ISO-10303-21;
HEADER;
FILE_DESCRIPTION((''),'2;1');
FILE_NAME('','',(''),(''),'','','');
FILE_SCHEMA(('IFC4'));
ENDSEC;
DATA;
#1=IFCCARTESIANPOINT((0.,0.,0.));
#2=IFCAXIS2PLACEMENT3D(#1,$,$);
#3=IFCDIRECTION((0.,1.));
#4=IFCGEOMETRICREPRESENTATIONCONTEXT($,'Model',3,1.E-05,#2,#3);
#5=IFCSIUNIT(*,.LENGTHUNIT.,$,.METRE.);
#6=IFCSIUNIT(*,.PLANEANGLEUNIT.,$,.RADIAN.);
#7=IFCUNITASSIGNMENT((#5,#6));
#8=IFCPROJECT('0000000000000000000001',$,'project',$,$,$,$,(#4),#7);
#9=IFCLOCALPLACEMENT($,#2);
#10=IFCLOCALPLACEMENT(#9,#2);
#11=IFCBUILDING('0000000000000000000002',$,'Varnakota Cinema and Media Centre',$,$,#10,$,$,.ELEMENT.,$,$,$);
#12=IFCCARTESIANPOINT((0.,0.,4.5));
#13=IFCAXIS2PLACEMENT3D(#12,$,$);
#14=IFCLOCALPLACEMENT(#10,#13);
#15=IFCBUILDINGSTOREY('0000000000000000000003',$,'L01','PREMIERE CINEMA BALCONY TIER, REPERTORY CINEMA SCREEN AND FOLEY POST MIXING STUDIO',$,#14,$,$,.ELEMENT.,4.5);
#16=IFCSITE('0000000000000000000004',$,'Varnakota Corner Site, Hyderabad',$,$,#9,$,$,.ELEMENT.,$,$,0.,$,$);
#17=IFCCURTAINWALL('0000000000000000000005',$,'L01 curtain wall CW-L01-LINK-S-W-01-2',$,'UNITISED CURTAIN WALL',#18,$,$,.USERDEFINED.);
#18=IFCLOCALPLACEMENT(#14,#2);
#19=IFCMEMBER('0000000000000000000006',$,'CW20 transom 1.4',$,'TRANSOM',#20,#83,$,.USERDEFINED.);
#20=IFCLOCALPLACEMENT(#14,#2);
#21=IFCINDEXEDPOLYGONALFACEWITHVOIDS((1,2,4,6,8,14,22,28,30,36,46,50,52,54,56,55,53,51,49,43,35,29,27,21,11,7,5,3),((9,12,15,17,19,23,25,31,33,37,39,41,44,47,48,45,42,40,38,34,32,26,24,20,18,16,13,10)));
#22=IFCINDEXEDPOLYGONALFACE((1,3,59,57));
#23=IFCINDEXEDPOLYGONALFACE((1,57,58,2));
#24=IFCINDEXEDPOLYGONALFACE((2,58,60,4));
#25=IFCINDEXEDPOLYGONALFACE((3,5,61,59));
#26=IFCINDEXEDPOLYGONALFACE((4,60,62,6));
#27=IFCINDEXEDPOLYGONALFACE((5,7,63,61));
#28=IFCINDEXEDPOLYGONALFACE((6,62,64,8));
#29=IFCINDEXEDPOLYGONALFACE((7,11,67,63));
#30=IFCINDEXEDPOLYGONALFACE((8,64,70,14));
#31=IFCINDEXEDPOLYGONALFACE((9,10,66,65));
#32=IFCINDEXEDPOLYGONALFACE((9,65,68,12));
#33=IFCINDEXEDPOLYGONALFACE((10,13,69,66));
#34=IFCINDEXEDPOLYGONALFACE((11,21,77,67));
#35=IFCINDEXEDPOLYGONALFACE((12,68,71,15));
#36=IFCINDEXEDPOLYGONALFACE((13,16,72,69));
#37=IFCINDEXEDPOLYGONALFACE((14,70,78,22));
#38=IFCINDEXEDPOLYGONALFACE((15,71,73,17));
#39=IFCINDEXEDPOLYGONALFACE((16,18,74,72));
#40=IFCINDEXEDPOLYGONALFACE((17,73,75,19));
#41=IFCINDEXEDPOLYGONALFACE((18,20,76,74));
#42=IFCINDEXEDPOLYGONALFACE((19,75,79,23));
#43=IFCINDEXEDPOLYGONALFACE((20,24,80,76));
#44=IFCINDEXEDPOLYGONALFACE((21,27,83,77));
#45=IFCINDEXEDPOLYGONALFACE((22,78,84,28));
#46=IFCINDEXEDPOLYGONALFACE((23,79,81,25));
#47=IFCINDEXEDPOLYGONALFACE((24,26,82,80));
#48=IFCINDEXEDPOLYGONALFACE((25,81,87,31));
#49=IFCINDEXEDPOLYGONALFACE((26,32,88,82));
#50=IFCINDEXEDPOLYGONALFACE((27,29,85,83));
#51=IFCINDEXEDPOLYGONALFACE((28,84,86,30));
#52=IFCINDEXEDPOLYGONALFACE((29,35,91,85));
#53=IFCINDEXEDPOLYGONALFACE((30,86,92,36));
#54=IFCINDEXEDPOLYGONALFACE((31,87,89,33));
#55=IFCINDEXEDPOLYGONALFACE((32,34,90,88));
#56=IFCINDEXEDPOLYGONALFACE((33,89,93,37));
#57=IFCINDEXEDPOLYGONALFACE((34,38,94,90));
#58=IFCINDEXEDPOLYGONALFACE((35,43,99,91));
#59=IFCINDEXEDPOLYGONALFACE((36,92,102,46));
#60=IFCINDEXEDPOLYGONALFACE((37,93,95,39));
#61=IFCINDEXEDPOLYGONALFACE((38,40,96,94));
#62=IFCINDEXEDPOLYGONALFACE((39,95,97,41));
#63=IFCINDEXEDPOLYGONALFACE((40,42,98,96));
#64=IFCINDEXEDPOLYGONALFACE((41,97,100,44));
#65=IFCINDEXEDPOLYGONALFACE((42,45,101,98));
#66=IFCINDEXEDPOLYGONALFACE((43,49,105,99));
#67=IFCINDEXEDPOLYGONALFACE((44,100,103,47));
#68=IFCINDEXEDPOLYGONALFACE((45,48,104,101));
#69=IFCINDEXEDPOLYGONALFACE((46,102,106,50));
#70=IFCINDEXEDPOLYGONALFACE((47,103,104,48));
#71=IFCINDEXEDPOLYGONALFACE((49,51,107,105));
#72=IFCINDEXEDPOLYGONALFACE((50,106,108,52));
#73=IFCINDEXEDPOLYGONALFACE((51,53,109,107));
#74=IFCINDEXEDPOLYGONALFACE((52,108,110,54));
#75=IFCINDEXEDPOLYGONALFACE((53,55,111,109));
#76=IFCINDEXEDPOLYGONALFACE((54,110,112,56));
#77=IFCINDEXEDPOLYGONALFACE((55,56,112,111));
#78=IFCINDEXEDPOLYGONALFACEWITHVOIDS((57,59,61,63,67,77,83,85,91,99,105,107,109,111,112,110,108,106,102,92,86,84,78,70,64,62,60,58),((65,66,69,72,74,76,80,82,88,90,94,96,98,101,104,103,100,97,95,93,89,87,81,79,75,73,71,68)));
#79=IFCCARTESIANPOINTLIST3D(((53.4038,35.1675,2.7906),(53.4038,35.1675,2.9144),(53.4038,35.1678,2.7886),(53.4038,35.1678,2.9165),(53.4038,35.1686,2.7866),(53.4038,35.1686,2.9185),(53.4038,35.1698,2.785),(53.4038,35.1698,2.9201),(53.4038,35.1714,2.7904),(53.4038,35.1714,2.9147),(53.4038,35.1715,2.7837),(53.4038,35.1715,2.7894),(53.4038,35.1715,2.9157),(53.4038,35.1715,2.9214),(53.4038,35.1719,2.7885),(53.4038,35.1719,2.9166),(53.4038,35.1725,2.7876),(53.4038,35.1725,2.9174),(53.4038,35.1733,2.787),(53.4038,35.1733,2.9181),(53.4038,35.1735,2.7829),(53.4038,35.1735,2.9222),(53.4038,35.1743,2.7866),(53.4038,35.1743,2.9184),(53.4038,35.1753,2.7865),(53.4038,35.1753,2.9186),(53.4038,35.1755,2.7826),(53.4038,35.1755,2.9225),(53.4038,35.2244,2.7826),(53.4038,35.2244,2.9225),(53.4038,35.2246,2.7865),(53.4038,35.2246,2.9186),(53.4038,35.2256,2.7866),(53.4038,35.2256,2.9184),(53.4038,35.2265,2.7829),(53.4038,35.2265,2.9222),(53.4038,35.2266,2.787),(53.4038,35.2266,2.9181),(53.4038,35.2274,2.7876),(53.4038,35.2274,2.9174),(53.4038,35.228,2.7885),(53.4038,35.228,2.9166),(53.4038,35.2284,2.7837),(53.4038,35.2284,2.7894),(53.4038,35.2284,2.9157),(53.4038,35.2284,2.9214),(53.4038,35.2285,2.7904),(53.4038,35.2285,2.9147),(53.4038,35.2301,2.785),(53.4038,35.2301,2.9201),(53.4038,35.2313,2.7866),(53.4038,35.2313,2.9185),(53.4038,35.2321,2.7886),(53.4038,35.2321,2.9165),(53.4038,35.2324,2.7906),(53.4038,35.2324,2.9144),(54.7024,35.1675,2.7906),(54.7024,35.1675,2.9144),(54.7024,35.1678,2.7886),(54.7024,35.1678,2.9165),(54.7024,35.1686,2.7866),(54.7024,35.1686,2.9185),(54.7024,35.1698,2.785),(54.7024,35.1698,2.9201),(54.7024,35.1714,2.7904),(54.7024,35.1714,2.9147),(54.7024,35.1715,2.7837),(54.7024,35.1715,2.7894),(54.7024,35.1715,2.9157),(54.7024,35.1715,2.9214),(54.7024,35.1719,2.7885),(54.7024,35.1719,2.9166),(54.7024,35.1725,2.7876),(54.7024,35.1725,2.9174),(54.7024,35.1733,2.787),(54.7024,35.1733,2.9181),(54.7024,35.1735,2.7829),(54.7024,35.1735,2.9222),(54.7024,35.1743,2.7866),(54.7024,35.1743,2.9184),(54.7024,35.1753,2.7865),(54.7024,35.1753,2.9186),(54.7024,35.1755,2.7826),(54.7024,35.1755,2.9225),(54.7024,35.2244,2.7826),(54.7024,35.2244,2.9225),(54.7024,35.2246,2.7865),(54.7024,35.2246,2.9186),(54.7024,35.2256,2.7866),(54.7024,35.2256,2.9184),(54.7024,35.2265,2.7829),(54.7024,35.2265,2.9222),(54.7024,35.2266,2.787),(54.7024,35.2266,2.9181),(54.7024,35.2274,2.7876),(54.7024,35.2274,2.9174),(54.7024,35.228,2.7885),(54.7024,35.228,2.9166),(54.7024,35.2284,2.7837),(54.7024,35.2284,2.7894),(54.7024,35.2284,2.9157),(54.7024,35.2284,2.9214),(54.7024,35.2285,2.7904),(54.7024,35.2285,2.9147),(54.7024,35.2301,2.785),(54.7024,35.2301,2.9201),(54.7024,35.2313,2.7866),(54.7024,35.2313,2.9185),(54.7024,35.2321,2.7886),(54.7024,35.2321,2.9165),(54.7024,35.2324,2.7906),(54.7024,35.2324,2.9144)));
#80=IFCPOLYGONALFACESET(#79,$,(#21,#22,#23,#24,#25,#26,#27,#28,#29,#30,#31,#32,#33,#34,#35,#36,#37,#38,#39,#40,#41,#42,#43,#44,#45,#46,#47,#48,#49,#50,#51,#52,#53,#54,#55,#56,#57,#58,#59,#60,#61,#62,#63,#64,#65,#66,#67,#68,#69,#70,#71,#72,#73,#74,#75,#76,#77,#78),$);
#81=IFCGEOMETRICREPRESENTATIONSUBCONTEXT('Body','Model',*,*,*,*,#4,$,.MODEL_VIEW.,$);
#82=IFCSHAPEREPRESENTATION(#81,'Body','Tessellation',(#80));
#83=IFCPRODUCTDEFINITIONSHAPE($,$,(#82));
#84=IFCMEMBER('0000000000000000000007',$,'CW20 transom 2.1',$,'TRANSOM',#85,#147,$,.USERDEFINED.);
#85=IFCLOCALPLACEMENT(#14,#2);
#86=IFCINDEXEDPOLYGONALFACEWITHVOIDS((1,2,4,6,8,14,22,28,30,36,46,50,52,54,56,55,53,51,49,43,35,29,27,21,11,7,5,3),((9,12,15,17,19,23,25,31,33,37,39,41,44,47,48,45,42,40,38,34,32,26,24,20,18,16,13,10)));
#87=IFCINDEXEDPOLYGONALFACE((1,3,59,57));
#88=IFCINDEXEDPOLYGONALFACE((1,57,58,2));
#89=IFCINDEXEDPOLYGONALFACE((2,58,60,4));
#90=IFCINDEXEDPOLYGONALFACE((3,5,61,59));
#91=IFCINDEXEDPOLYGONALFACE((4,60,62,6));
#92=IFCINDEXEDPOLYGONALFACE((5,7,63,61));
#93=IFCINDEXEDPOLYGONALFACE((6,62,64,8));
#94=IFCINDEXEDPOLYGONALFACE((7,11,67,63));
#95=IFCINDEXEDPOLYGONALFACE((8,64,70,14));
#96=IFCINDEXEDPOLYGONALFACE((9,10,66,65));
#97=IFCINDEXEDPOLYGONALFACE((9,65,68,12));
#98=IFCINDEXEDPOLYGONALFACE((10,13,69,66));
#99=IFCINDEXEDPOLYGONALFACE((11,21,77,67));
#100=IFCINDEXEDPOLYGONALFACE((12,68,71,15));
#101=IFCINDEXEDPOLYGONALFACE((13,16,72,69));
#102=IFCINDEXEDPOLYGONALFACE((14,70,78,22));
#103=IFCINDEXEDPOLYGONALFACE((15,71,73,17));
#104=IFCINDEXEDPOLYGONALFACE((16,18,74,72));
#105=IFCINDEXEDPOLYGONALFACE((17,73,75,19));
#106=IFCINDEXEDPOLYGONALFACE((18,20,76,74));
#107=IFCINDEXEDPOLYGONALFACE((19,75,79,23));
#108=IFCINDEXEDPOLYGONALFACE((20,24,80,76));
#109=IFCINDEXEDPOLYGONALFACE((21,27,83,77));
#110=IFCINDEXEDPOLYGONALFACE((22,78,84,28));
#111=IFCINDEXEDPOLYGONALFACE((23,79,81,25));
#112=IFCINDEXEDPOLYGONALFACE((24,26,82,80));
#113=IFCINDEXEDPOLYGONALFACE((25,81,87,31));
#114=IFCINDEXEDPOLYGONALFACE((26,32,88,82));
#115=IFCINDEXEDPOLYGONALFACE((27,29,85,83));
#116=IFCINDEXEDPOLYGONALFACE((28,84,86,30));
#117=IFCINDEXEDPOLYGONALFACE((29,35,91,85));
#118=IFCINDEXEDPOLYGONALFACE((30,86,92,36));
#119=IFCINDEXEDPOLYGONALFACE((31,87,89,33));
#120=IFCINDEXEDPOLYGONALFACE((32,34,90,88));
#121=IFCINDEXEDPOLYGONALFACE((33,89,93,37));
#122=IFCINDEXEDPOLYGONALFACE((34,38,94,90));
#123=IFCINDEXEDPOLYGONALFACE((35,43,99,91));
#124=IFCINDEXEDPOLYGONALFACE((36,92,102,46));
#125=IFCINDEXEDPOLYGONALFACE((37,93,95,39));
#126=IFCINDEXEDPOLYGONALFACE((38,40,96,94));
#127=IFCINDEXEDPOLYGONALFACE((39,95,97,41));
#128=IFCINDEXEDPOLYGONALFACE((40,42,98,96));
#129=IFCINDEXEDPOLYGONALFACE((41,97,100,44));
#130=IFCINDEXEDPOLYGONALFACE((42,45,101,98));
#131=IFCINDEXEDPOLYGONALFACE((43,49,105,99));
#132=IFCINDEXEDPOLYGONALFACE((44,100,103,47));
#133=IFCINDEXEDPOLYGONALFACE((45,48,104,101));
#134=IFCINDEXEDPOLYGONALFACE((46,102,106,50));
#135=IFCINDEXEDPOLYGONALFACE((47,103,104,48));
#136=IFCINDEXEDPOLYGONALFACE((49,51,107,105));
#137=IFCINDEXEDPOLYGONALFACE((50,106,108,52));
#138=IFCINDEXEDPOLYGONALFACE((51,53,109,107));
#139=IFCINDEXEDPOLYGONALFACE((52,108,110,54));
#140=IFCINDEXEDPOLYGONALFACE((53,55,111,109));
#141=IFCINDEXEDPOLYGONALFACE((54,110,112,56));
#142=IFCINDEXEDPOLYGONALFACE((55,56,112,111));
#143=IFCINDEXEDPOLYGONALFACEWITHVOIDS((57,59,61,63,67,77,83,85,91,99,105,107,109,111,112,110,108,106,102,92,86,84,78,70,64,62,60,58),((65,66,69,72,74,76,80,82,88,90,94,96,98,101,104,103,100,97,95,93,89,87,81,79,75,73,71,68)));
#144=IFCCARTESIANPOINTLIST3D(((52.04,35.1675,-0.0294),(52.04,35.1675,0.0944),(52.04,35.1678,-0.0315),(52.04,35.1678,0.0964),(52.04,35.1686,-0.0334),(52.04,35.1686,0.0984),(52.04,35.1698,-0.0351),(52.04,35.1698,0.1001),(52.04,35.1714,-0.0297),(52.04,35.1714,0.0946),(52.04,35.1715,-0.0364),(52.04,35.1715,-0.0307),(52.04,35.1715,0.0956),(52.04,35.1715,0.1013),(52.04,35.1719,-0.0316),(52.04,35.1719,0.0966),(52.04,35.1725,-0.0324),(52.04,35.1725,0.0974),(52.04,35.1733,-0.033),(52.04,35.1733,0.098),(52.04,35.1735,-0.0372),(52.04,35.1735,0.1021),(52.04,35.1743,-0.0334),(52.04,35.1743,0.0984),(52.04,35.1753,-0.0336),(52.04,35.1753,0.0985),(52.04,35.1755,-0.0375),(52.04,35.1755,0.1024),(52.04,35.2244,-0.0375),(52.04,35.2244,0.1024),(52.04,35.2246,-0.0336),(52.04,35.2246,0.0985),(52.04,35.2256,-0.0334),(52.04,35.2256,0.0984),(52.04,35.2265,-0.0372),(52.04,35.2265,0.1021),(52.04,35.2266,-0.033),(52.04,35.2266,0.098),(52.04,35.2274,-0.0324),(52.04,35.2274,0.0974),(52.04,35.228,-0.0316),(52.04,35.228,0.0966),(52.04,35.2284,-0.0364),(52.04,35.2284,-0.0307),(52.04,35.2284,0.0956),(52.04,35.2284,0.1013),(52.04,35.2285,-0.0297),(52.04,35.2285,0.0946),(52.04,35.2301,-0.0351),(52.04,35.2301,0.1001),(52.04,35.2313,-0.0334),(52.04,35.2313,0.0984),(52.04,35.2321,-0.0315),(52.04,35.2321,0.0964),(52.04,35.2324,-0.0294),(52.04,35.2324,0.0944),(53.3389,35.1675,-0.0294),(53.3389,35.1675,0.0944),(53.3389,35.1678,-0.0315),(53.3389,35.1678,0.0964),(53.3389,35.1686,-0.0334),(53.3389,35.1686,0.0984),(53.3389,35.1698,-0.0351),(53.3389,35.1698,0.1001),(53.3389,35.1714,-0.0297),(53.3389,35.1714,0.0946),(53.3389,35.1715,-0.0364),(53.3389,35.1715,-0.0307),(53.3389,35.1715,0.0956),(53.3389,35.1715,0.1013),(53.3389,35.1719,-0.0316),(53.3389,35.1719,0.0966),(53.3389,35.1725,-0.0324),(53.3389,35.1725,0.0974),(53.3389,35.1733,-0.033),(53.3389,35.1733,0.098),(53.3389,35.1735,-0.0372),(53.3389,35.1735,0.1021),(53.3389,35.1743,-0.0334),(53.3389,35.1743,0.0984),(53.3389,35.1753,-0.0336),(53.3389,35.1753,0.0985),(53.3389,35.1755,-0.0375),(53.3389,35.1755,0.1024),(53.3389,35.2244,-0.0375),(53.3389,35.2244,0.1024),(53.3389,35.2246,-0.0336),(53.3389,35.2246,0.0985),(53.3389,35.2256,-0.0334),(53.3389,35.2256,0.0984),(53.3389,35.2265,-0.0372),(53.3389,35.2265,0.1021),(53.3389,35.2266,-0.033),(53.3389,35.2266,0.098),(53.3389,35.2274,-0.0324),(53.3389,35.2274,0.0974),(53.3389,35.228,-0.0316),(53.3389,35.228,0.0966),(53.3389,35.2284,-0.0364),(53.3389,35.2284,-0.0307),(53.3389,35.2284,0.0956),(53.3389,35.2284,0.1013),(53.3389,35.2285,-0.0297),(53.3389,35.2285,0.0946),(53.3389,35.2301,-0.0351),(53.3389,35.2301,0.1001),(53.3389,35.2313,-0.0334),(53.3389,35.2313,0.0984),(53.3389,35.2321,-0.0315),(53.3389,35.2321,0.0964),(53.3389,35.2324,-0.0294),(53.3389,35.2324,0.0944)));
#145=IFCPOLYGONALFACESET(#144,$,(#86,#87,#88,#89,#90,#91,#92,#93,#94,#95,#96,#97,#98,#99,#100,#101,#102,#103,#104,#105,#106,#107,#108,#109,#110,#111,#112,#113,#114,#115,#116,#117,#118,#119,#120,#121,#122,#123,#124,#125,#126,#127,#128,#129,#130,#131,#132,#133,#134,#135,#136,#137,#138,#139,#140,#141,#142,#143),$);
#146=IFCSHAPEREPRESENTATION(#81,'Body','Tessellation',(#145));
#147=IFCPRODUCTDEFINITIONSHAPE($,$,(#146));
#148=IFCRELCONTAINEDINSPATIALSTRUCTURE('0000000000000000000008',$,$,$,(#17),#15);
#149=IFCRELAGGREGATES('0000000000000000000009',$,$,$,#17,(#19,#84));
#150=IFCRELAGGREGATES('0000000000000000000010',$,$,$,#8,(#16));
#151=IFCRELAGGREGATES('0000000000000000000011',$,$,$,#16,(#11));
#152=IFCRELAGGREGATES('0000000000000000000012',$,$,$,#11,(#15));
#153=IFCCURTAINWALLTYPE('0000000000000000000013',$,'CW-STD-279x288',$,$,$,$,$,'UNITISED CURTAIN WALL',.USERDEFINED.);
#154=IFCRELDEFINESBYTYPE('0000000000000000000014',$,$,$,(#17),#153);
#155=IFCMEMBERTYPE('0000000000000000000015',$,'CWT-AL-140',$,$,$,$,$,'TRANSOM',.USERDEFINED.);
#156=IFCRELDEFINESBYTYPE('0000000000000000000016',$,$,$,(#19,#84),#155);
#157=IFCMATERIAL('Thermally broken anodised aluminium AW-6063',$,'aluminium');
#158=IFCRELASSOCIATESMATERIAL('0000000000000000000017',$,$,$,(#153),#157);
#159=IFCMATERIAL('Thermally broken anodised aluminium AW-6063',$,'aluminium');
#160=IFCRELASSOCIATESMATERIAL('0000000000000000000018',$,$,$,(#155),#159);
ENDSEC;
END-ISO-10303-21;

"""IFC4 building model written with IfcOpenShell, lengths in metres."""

from ifc_helpers import new_model, si_unit, direction, frame, origin, origin_2d, place, context, subcontext, project, spatial, hollow_rectangle, extrude, material, material_profile, profile_set, type_object, element, aggregate, save


model = new_model("IFC4")

# Units and contexts
model_context = context("Model", 3, precision=1e-05, world=origin(), true_north=direction((0.0, 1.0)))
body_context = subcontext(model_context, "Body", "Model", "MODEL_VIEW")
ifc_project = project(units=[si_unit("LENGTHUNIT", "METRE"), si_unit("PLANEANGLEUNIT", "RADIAN")], contexts=[model_context])

# Site, building, storey
site_placement = place(None, origin())
site = spatial("IfcSite", under=ifc_project, at=site_placement, Name="Varnakota Corner Site, Hyderabad", CompositionType="ELEMENT", RefElevation=0.0)
building_placement = place(site_placement, origin())
building = spatial("IfcBuilding", under=site, at=building_placement, Name="Varnakota Cinema and Media Centre", CompositionType="ELEMENT")
storey_placement = place(building_placement, frame((0.0, 0.0, 4.5)))
storey = spatial("IfcBuildingStorey", under=building, at=storey_placement, Name="L01", Description="PREMIERE CINEMA BALCONY TIER, REPERTORY CINEMA SCREEN AND FOLEY POST MIXING STUDIO", CompositionType="ELEMENT", Elevation=4.5)

# Curtain wall
ifc_material_1 = material(Name="Thermally broken anodised aluminium AW-6063", Category="aluminium")
curtain_wall_type_1 = type_object("IfcCurtainWallType", Name="CW-STD-279x288", ElementType="UNITISED CURTAIN WALL", PredefinedType="USERDEFINED", material=ifc_material_1)
curtain_wall_1_placement = place(storey_placement, origin())
curtain_wall_1 = element("IfcCurtainWall", 1, at=curtain_wall_1_placement, inside=storey, type_object=curtain_wall_type_1, Name="L01 curtain wall CW-L01-LINK-S-W-01-2", ObjectType="UNITISED CURTAIN WALL", PredefinedType="USERDEFINED")

# Members
ifc_material_2 = material(Name="Thermally broken anodised aluminium AW-6063", Category="aluminium")
ifc_material_profile_1 = material_profile(ifc_material_2, hollow_rectangle(XDim=0.0649, YDim=0.1399, WallThickness=0.0039, InnerFilletRadius=0.0039, OuterFilletRadius=0.0081, at=origin_2d()), Name="AL-TRANSOM 140x65x4")
ifc_profile_set_1 = profile_set([ifc_material_profile_1], Name="Thermally broken anodised aluminium AW-6063")
member_type_1 = type_object("IfcMemberType", Name="CWT-AL-140", ElementType="TRANSOM", PredefinedType="USERDEFINED", material=ifc_profile_set_1)
member_1_placement = place(storey_placement, frame((54.7024, 35.2, 2.8525), z_axis=(-1.0, 0.0, 0.0), x_axis=(0.0, -1.0, 0.0)))
member_1 = element("IfcMember", 2, at=member_1_placement, type_object=member_type_1, Name="CW20 transom 1.4", ObjectType="TRANSOM", PredefinedType="USERDEFINED", context=body_context, shape_type="SweptSolid", body=[
    extrude(hollow_rectangle(XDim=0.0649, YDim=0.1399, WallThickness=0.0039, InnerFilletRadius=0.0039, OuterFilletRadius=0.0081, at=origin_2d()), origin(), (0.0, 0.0, 1.0), 1.2986),
])
member_2_placement = place(storey_placement, frame((53.3389, 35.2, 0.0325), z_axis=(-1.0, 0.0, 0.0), x_axis=(0.0, -1.0, 0.0)))
member_2 = element("IfcMember", 3, at=member_2_placement, type_object=member_type_1, Name="CW20 transom 2.1", ObjectType="TRANSOM", PredefinedType="USERDEFINED", context=body_context, shape_type="SweptSolid", body=[
    extrude(hollow_rectangle(XDim=0.0649, YDim=0.1399, WallThickness=0.0039, InnerFilletRadius=0.0039, OuterFilletRadius=0.0081, at=origin_2d()), origin(), (0.0, 0.0, 1.0), 1.2988),
])

aggregate(curtain_wall_1, [member_1, member_2])

save(model, "model.ifc")
